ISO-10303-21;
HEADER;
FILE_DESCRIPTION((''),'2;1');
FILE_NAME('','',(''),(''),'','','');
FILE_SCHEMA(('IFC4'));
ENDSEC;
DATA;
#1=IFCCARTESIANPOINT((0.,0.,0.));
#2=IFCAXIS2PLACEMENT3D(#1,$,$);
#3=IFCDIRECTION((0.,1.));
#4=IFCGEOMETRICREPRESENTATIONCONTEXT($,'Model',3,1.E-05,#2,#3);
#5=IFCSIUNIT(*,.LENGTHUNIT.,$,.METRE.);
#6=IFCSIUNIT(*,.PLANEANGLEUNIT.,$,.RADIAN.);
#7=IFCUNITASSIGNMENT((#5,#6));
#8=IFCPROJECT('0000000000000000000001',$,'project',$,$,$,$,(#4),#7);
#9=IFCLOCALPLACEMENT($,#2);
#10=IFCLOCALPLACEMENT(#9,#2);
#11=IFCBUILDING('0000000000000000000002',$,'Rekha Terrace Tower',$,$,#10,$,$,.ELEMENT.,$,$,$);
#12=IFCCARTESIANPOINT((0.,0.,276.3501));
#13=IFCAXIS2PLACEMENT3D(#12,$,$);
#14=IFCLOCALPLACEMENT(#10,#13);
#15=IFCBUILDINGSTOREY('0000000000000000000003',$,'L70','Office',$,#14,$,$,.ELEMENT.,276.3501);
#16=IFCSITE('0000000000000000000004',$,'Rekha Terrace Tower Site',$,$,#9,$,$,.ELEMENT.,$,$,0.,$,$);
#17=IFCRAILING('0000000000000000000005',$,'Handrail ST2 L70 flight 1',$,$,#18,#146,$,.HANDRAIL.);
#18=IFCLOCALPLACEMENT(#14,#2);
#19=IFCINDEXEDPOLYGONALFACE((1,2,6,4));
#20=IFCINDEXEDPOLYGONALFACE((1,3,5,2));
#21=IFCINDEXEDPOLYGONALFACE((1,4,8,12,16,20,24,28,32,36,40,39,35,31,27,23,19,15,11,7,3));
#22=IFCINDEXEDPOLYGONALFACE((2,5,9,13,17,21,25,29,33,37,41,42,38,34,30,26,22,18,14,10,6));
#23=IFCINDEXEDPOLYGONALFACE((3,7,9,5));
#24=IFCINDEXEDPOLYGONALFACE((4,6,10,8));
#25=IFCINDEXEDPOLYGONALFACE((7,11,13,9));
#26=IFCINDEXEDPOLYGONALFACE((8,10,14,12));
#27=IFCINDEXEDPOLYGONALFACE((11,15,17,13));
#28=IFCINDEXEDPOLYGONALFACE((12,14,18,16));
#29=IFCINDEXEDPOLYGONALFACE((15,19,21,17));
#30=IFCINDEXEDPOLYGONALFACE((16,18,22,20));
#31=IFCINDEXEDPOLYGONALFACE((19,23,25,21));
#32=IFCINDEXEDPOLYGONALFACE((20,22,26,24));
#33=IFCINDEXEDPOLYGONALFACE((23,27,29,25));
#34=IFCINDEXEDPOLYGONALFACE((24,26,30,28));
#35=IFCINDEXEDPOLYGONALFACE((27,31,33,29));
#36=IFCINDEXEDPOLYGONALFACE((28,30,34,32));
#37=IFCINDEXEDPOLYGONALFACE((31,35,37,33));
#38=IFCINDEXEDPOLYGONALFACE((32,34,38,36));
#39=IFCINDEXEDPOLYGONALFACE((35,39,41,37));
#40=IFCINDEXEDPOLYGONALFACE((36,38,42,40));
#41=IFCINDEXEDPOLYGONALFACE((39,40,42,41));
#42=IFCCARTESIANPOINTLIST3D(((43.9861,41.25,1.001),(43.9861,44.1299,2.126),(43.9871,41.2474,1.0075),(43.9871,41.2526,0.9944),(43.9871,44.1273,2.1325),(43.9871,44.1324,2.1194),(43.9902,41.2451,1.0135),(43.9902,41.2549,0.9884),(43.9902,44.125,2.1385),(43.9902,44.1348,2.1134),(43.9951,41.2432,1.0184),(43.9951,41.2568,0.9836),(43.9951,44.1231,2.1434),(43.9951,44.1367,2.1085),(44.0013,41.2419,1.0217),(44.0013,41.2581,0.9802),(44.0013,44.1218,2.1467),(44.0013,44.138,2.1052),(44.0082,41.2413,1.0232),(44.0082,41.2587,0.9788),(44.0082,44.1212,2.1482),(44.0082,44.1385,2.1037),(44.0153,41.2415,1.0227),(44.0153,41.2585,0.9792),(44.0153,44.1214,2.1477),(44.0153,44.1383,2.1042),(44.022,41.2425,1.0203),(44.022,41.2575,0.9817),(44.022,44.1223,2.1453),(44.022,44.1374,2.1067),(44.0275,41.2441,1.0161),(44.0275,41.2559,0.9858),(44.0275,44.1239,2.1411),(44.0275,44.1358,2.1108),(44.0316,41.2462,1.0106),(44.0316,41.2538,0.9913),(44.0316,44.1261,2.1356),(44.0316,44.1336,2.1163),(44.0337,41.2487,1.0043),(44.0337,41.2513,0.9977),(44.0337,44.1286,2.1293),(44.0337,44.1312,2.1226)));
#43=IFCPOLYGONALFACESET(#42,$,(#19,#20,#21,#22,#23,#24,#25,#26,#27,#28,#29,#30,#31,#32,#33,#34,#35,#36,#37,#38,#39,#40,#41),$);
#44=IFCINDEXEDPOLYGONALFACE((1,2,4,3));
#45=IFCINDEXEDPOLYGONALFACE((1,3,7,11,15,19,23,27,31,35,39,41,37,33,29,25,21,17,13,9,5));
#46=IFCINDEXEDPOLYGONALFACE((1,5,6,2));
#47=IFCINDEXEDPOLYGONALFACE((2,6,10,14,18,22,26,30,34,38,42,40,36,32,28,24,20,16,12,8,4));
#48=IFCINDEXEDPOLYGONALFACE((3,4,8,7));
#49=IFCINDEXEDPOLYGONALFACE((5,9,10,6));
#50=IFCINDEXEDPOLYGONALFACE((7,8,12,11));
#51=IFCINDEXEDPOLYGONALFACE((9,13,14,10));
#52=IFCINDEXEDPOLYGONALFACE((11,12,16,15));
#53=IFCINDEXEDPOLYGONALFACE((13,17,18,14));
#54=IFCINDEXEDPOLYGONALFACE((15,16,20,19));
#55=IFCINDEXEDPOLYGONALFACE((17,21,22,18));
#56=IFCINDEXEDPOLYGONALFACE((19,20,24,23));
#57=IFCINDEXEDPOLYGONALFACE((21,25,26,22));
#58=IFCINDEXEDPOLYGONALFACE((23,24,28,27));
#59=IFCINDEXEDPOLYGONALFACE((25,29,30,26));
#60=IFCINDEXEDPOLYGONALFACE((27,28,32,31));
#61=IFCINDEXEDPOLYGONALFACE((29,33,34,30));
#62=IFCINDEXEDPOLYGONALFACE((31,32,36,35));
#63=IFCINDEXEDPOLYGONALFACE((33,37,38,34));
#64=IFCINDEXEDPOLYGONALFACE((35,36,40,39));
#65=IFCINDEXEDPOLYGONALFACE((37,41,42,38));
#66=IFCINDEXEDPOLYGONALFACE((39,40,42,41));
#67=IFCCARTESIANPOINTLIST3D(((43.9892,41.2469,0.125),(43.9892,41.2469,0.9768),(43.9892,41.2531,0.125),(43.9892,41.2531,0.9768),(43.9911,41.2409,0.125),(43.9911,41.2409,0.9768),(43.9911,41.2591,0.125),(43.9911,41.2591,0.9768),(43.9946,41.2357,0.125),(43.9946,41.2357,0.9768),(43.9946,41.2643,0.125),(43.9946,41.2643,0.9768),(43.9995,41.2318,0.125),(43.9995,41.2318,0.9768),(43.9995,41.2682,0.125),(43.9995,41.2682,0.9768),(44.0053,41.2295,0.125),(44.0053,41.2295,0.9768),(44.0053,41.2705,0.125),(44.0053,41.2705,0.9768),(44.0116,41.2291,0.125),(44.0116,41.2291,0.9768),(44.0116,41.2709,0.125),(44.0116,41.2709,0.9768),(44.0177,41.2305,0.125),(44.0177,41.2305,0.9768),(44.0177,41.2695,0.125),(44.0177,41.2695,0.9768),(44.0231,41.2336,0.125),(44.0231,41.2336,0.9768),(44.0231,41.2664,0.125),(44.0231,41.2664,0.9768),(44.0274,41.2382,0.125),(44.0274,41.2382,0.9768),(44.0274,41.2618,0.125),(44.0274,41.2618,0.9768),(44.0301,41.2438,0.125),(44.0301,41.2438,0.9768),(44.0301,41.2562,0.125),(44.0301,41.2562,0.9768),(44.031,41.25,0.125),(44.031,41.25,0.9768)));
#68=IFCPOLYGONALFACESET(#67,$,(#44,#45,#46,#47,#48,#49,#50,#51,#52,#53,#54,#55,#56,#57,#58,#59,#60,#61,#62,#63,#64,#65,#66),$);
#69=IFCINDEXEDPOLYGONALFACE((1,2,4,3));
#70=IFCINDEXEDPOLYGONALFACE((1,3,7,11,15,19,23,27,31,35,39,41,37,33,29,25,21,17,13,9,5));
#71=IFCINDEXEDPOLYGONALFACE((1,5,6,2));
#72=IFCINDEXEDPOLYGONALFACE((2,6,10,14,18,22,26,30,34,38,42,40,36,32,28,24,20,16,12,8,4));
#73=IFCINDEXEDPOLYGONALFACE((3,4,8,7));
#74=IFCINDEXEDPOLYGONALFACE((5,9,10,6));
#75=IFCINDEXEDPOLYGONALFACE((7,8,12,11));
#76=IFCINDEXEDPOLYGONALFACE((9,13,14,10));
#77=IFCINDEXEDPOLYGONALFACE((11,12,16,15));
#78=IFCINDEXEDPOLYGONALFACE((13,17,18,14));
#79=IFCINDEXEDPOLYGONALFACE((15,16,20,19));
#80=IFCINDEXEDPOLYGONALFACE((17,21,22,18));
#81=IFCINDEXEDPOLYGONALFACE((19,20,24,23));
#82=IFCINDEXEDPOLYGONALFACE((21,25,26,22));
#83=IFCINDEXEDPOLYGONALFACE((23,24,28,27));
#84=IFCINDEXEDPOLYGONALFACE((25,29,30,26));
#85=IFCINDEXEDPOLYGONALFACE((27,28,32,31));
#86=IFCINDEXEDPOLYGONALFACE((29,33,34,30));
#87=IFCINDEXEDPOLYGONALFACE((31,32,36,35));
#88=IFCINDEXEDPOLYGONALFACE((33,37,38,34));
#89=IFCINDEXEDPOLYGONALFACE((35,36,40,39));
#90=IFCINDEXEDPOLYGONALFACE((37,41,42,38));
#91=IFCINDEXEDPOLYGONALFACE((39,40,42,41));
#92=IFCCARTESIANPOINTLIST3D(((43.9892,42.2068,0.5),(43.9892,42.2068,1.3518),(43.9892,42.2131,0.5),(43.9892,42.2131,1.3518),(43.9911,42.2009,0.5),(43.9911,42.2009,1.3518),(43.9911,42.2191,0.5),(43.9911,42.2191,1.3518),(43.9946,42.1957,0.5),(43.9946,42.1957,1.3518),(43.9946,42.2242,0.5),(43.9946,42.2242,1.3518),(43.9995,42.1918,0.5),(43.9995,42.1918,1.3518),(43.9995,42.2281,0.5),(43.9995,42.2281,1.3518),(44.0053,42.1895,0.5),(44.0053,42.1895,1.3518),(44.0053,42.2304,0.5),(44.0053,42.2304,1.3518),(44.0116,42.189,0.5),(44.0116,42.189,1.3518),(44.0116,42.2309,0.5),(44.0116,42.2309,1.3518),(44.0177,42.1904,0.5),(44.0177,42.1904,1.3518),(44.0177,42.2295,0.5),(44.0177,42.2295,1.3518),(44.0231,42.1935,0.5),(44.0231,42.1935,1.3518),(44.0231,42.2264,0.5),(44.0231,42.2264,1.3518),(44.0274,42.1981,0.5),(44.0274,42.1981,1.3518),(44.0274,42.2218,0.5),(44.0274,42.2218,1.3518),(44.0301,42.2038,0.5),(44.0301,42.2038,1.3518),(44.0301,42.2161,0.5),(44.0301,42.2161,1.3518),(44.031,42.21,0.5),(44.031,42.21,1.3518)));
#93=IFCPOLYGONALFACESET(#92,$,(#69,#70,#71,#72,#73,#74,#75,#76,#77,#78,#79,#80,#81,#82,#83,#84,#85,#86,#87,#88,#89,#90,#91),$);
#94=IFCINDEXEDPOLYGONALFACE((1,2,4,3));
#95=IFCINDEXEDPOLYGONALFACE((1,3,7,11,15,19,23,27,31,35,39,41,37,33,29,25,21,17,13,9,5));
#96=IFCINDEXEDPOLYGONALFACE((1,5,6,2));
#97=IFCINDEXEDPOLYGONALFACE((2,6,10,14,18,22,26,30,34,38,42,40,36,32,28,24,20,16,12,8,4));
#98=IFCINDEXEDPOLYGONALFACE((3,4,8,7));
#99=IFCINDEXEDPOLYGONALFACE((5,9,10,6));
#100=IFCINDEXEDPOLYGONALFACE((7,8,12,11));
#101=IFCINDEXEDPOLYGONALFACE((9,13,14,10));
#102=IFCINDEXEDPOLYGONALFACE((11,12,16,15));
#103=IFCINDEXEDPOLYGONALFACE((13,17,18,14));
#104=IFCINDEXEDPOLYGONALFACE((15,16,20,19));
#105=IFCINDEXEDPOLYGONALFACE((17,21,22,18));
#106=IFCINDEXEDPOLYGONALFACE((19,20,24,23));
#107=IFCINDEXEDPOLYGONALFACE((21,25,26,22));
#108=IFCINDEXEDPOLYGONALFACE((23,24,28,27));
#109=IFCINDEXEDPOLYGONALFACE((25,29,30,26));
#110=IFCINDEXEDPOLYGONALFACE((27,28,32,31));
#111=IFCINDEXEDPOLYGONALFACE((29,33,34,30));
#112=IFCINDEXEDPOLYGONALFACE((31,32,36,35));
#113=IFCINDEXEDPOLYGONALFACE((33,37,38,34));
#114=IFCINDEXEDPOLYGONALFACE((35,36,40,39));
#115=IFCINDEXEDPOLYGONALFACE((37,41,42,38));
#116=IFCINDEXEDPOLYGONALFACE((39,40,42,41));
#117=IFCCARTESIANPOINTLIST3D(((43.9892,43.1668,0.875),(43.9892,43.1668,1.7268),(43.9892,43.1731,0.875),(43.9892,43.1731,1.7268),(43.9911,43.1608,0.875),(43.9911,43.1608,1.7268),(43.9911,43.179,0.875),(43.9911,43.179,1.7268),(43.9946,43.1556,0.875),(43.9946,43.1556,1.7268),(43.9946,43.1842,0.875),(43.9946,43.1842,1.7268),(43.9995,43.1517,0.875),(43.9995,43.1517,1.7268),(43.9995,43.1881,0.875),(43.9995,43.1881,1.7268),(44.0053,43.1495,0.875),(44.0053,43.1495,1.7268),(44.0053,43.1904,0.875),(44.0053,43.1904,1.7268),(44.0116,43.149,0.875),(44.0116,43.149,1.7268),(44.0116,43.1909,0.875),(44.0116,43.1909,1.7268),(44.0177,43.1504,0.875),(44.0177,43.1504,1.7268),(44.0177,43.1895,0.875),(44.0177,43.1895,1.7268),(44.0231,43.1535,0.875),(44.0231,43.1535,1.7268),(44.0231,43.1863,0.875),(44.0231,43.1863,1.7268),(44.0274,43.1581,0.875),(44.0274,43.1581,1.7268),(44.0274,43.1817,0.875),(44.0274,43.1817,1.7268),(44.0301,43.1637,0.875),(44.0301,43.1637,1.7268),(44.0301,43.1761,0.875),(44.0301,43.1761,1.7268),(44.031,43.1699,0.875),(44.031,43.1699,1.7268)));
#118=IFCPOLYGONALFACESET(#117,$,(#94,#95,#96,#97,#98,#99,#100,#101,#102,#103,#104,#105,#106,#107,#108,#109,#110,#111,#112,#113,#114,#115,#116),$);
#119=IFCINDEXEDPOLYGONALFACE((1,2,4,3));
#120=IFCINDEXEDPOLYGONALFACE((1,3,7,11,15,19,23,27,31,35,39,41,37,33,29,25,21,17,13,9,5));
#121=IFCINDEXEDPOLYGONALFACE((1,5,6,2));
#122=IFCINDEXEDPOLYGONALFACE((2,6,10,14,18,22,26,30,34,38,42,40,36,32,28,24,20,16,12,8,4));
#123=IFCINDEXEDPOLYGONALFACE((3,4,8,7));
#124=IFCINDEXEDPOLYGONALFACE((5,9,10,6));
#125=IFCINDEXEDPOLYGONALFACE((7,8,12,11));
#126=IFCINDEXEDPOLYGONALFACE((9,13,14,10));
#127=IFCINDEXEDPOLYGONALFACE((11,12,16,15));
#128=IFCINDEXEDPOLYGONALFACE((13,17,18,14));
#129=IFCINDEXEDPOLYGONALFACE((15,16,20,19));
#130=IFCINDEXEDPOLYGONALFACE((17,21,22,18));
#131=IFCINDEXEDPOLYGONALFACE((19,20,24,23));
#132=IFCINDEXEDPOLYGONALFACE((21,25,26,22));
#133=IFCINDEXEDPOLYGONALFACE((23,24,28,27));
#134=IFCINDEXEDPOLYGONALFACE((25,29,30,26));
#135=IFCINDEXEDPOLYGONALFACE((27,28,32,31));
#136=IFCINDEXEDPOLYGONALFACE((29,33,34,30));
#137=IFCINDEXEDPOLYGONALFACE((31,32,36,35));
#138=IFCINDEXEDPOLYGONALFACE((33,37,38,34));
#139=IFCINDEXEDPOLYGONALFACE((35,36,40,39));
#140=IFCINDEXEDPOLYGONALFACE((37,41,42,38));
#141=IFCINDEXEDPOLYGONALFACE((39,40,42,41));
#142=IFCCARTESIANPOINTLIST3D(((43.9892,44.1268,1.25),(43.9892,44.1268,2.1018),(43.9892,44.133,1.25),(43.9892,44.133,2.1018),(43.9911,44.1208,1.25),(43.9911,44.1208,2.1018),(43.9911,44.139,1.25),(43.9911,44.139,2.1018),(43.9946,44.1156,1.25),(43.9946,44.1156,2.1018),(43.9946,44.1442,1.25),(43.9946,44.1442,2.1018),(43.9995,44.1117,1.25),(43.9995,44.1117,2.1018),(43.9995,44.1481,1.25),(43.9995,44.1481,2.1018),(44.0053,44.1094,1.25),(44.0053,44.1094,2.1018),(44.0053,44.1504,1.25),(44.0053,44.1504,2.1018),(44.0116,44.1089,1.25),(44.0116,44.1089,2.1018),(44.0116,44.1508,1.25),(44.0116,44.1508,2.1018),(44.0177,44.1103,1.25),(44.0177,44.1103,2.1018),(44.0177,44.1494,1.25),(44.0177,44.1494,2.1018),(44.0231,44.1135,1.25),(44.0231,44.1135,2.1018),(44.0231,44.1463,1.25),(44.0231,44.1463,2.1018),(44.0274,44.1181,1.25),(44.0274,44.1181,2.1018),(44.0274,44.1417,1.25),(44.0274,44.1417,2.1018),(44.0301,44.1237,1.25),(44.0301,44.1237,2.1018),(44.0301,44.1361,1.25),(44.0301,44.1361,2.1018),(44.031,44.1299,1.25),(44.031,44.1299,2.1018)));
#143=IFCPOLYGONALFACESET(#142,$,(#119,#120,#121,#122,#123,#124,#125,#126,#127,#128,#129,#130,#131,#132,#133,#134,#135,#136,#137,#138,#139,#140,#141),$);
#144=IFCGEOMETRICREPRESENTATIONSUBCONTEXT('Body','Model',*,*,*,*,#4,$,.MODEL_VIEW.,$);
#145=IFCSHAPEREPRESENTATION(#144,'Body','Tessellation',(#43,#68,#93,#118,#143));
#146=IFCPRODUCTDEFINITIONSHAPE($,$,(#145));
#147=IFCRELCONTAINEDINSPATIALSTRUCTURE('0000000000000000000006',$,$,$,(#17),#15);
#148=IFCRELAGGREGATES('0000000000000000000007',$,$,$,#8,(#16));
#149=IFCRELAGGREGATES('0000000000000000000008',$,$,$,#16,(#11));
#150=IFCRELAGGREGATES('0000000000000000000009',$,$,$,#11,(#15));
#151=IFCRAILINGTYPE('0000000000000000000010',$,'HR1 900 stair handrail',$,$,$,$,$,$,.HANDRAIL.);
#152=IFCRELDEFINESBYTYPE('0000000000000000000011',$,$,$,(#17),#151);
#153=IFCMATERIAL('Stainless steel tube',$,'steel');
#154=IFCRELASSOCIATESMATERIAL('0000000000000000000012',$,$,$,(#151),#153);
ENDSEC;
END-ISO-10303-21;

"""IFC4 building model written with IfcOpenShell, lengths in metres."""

from ifc_helpers import new_model, si_unit, direction, frame, origin, origin_2d, place, context, subcontext, project, spatial, circle, extrude, material, type_object, element, save


model = new_model("IFC4")

# Units and contexts
model_context = context("Model", 3, precision=1e-05, world=origin(), true_north=direction((0.0, 1.0)))
body_context = subcontext(model_context, "Body", "Model", "MODEL_VIEW")
ifc_project = project(units=[si_unit("LENGTHUNIT", "METRE"), si_unit("PLANEANGLEUNIT", "RADIAN")], contexts=[model_context])

# Site, building, storey
site_placement = place(None, origin())
site = spatial("IfcSite", under=ifc_project, at=site_placement, Name="Rekha Terrace Tower Site", CompositionType="ELEMENT", RefElevation=0.0)
building_placement = place(site_placement, origin())
building = spatial("IfcBuilding", under=site, at=building_placement, Name="Rekha Terrace Tower", CompositionType="ELEMENT")
storey_placement = place(building_placement, frame((0.0, 0.0, 276.3501)))
storey = spatial("IfcBuildingStorey", under=building, at=storey_placement, Name="L70", Description="Office", CompositionType="ELEMENT", Elevation=276.3501)

# Railing
ifc_material_1 = material(Name="Stainless steel tube", Category="steel")
railing_type_1 = type_object("IfcRailingType", Name="HR1 900 stair handrail", PredefinedType="HANDRAIL", material=ifc_material_1)
for number, where, name in (
    (1, (44.01, 41.25, 0.125), "Handrail ST2 L70 flight 1"),
):
    element("IfcRailing", number, at=place(storey_placement, frame(where)), inside=storey, type_object=railing_type_1, Name=name, PredefinedType="HANDRAIL", context=body_context, shape_type="SweptSolid", body=[
        extrude(circle(Radius=0.0239, at=origin_2d()), frame((0.0, 0.0, 0.876), z_axis=(0.0, 0.931452, 0.363863), x_axis=(-1.0, 0.0, 0.0)), (0.0, 0.0, 1.0), 3.0918),
        extrude(circle(Radius=0.021, at=origin_2d()), origin(), (0.0, 0.0, 1.0), 0.8518),
        extrude(circle(Radius=0.021, at=origin_2d()), frame((0.0, 0.96, 0.375)), (0.0, 0.0, 1.0), 0.8518),
        extrude(circle(Radius=0.021, at=origin_2d()), frame((0.0, 1.9199, 0.75)), (0.0, 0.0, 1.0), 0.8518),
        extrude(circle(Radius=0.021, at=origin_2d()), frame((0.0, 2.8799, 1.125)), (0.0, 0.0, 1.0), 0.8518),
    ])

save(model, "model.ifc")
